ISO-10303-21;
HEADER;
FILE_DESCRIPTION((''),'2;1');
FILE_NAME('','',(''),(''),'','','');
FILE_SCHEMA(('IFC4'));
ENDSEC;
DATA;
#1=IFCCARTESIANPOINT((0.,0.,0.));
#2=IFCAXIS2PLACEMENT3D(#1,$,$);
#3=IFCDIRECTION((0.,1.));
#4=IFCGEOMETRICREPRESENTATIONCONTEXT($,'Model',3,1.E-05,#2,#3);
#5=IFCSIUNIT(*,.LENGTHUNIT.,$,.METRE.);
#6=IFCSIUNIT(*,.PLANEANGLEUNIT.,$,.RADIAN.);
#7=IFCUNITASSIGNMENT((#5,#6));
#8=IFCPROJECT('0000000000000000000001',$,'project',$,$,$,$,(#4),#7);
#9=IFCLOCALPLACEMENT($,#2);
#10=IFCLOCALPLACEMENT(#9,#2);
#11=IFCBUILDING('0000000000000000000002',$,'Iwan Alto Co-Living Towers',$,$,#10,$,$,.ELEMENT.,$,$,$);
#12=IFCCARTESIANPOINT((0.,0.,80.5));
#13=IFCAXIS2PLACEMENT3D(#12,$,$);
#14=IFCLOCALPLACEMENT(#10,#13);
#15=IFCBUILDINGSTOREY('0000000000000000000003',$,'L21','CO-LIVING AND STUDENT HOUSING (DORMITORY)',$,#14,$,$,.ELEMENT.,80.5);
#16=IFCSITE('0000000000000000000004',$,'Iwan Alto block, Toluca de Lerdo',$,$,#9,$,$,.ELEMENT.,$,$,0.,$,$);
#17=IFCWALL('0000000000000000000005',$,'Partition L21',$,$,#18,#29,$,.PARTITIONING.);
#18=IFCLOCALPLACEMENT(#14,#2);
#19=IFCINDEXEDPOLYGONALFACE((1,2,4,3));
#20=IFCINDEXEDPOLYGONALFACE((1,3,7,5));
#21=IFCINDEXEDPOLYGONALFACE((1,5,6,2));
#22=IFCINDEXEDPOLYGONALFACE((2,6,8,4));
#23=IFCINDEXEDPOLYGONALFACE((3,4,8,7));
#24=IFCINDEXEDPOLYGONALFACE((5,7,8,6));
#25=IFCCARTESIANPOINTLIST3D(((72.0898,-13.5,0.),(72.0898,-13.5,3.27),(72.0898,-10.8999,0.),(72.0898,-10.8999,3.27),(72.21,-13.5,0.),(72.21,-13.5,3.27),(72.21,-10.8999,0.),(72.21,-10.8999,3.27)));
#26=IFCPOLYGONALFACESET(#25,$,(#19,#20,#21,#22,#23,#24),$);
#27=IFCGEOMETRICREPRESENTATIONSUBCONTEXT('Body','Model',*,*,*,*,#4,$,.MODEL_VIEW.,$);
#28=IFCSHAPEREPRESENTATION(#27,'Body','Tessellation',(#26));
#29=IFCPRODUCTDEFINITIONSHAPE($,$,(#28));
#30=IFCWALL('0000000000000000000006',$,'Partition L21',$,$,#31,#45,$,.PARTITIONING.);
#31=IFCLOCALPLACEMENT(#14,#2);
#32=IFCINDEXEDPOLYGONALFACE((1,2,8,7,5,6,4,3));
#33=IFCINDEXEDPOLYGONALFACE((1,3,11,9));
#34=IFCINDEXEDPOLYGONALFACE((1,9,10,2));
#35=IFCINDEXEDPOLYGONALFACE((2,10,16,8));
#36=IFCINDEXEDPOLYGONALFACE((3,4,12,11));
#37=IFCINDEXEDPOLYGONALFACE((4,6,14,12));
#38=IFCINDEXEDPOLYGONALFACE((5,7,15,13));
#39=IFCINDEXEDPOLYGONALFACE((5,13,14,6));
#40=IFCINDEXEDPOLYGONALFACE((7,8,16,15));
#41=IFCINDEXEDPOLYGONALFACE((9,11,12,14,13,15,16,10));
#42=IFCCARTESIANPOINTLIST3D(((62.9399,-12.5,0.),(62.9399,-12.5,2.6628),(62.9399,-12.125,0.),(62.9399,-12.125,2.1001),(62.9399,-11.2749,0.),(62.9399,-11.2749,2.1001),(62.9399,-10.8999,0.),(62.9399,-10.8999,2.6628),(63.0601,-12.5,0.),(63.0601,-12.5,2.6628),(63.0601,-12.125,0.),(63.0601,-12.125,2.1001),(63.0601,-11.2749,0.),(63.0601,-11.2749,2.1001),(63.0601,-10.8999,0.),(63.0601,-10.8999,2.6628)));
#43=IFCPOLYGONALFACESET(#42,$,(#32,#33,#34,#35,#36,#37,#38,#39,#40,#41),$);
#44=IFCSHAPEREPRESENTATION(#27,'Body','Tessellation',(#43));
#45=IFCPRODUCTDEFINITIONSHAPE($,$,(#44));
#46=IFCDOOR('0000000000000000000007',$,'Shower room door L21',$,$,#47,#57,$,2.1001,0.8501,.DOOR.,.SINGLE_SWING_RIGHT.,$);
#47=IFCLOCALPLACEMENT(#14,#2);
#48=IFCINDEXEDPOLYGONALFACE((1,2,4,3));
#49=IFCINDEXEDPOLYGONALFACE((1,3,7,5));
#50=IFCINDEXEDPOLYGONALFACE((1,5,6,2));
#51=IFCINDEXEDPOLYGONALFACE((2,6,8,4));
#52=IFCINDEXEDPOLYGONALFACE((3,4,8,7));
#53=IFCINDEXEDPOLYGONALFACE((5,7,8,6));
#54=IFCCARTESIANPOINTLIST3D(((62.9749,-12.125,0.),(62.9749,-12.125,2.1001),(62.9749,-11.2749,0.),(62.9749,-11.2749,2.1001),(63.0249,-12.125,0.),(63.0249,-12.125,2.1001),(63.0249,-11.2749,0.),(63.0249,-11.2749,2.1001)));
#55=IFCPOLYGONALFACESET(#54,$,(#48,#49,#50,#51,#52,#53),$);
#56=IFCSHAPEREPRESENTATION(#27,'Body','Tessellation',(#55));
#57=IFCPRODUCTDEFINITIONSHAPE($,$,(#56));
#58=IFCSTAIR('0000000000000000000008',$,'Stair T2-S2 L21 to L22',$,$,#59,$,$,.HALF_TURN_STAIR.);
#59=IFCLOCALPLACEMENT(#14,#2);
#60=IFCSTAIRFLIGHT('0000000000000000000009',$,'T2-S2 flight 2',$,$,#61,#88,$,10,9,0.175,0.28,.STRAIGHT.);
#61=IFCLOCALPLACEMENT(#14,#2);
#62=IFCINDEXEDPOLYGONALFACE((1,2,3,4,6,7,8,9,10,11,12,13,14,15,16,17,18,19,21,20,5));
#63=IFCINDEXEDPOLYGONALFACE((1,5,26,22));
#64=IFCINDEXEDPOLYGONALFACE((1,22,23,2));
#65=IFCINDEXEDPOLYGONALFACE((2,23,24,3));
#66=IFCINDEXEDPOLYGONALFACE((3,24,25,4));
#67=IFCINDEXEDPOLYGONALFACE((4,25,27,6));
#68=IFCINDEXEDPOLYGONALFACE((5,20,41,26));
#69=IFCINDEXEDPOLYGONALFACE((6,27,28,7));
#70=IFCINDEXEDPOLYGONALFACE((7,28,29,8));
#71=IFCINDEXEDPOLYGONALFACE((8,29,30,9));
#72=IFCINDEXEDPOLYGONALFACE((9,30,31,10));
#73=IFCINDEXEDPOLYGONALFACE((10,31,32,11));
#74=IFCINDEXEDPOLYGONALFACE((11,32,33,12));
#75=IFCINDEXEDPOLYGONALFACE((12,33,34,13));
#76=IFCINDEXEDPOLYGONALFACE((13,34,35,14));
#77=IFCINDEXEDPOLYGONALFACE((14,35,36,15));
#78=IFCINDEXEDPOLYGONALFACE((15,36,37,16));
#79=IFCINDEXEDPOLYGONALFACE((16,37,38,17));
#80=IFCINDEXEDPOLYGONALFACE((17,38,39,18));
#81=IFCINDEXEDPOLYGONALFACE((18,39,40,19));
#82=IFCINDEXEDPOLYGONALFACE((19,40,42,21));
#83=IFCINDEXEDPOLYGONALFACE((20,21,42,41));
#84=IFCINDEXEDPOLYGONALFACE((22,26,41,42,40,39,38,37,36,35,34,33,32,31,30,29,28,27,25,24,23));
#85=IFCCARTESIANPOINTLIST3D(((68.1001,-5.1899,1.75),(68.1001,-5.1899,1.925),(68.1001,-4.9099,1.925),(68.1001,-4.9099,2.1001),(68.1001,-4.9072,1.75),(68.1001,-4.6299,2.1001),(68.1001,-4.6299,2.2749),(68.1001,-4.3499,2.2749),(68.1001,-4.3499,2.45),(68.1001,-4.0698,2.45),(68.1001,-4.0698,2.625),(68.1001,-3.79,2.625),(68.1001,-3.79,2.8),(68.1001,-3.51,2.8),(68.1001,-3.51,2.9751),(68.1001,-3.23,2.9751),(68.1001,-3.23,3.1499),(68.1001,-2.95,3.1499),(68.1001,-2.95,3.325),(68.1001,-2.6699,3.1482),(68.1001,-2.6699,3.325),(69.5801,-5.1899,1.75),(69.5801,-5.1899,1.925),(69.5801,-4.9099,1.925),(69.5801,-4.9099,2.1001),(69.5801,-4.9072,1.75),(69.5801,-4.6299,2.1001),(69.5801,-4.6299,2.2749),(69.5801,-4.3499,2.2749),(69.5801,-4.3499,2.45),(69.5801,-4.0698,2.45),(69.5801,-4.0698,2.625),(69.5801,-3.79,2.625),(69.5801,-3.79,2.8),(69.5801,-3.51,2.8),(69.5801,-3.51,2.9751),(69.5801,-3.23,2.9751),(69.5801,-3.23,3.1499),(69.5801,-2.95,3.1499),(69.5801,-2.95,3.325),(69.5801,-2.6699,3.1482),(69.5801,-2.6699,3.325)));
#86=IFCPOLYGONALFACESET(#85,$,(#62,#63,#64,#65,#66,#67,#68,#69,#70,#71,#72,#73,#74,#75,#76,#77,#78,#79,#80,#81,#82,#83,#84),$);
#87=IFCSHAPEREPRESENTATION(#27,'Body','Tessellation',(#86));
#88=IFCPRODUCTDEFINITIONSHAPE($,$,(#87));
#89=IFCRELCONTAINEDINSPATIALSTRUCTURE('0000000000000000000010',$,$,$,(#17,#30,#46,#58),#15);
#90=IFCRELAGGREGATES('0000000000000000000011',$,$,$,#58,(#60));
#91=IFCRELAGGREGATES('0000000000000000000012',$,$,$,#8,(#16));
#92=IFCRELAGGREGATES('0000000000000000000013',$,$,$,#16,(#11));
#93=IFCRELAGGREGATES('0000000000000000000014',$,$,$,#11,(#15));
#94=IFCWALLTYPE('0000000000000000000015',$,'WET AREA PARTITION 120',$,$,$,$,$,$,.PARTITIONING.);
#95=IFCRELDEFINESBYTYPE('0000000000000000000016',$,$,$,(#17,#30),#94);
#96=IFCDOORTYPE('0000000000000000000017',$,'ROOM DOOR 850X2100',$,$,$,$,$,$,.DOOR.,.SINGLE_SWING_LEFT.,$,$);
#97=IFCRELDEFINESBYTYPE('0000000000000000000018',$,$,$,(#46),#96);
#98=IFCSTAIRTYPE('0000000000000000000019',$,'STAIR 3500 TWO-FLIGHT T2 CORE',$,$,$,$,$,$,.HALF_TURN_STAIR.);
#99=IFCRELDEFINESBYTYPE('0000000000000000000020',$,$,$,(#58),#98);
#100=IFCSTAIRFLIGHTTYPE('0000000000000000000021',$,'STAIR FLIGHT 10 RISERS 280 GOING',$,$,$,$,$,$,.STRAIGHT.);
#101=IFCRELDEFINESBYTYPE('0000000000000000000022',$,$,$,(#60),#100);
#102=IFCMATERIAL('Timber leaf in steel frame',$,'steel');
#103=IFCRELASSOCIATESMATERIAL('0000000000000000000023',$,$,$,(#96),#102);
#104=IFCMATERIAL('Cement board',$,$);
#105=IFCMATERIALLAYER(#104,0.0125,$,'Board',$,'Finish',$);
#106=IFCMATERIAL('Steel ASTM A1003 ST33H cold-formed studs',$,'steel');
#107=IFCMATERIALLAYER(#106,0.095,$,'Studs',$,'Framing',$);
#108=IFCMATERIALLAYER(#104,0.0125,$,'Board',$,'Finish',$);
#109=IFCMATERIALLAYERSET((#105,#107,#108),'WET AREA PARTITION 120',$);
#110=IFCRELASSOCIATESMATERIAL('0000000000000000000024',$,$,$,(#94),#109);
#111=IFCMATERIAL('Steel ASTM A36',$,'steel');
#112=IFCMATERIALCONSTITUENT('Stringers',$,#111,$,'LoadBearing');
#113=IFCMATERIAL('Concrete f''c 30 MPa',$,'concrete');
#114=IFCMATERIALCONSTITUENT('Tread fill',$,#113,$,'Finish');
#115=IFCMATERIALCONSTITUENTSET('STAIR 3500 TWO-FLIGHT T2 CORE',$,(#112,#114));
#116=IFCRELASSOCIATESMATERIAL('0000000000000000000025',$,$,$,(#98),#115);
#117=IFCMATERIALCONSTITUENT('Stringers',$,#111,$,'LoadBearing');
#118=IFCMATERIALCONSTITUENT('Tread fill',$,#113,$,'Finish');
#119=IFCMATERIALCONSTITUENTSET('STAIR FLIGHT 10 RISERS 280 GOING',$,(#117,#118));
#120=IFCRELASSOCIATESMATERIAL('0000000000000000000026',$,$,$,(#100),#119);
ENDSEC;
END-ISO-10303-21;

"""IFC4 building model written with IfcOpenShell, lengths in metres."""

from ifc_helpers import new_model, si_unit, direction, frame, frame_2d, origin, place, context, subcontext, project, spatial, polyline, rectangle, outline, extrude, material, layer, layer_set, constituent, constituent_set, type_object, element, fill, aggregate, save


model = new_model("IFC4")

# Units and contexts
model_context = context("Model", 3, precision=1e-05, world=origin(), true_north=direction((0.0, 1.0)))
body_context = subcontext(model_context, "Body", "Model", "MODEL_VIEW")
ifc_project = project(units=[si_unit("LENGTHUNIT", "METRE"), si_unit("PLANEANGLEUNIT", "RADIAN")], contexts=[model_context])

# Site, building, storey
site_placement = place(None, origin())
site = spatial("IfcSite", under=ifc_project, at=site_placement, Name="Iwan Alto block, Toluca de Lerdo", CompositionType="ELEMENT", RefElevation=0.0)
building_placement = place(site_placement, origin())
building = spatial("IfcBuilding", under=site, at=building_placement, Name="Iwan Alto Co-Living Towers", CompositionType="ELEMENT")
storey_placement = place(building_placement, frame((0.0, 0.0, 80.5)))
storey = spatial("IfcBuildingStorey", under=building, at=storey_placement, Name="L21", Description="CO-LIVING AND STUDENT HOUSING (DORMITORY)", CompositionType="ELEMENT", Elevation=80.5)

# Shared definitions
ifc_material_1 = material(Name="Steel ASTM A1003 ST33H cold-formed studs", Category="steel")
ifc_material_2 = material(Name="Timber leaf in steel frame", Category="steel")
door_type_1 = type_object("IfcDoorType", Name="ROOM DOOR 850X2100", OperationType="SINGLE_SWING_LEFT", PredefinedType="DOOR", material=ifc_material_2)

# Wall
ifc_material_3 = material(Name="Cement board")
ifc_layer_1 = layer(ifc_material_3, 0.0125, Name="Board", Category="Finish")
ifc_layer_2 = layer(ifc_material_1, 0.095, Name="Studs", Category="Framing")
ifc_layer_3 = layer(ifc_material_3, 0.0125, Name="Board", Category="Finish")
ifc_layer_set_1 = layer_set([ifc_layer_1, ifc_layer_2, ifc_layer_3], Name="WET AREA PARTITION 120")
wall_type_1 = type_object("IfcWallType", Name="WET AREA PARTITION 120", PredefinedType="PARTITIONING", material=ifc_layer_set_1)
wall_1_placement = place(storey_placement, frame((72.1499, -13.5, 0.0), z_axis=(0.0, 0.0, 1.0), x_axis=(0.0, 1.0, 0.0)))
element("IfcWall", 1, at=wall_1_placement, inside=storey, type_object=wall_type_1, Name="Partition L21", PredefinedType="PARTITIONING", context=body_context, shape_type="SweptSolid", body=[
    extrude(rectangle(XDim=2.6001, YDim=0.1201, at=frame_2d((1.3, 0.0))), origin(), (0.0, 0.0, 1.0), 3.27),
])

# Wall, opening, door
wall_2_placement = place(storey_placement, frame((63.0, -12.5, 0.0), z_axis=(0.0, 0.0, 1.0), x_axis=(0.0, 1.0, 0.0)))
wall_2 = element("IfcWall", 2, at=wall_2_placement, inside=storey, type_object=wall_type_1, Name="Partition L21", PredefinedType="PARTITIONING", context=body_context, shape_type="SweptSolid", body=[
    extrude(rectangle(XDim=1.6001, YDim=0.1201, at=frame_2d((0.8, 0.0))), origin(), (0.0, 0.0, 1.0), 2.6628),
])
opening_1_placement = place(wall_2_placement, frame((0.375, 0.0, 0.0)))
opening_1 = element("IfcOpeningElement", 3, at=opening_1_placement, cuts=wall_2, PredefinedType="OPENING", context=body_context, shape_type="SweptSolid", body=[
    extrude(rectangle(XDim=0.8501, YDim=2.1001, at=frame_2d((0.425, 1.05))), frame((0.0, 0.0701, 0.0), z_axis=(0.0, -1.0, 0.0), x_axis=(1.0, 0.0, 0.0)), (0.0, 0.0, 1.0), 0.1401),
])
door_1_placement = place(opening_1_placement, frame((0.8501, 0.0, 0.0), z_axis=(0.0, 0.0, 1.0), x_axis=(-1.0, 0.0, 0.0)))
door_1 = element("IfcDoor", 4, at=door_1_placement, inside=storey, type_object=door_type_1, Name="Shower room door L21", OperationType="SINGLE_SWING_RIGHT", OverallHeight=2.1001, OverallWidth=0.8501, PredefinedType="DOOR", context=body_context, shape_type="SweptSolid", body=[
    extrude(rectangle(XDim=0.8501, YDim=2.1001, at=frame_2d((0.425, 1.05))), frame((0.0, 0.0249, 0.0), z_axis=(0.0, -1.0, 0.0), x_axis=(1.0, 0.0, 0.0)), (0.0, 0.0, 1.0), 0.05),
])
fill(opening_1, door_1)

# Stair, stair flight
ifc_material_4 = material(Name="Steel ASTM A36", Category="steel")
ifc_constituent_1 = constituent(ifc_material_4, Name="Stringers", Category="LoadBearing")
ifc_material_5 = material(Name="Concrete f'c 30 MPa", Category="concrete")
ifc_constituent_2 = constituent(ifc_material_5, Name="Tread fill", Category="Finish")
ifc_constituent_set_1 = constituent_set(constituents=[ifc_constituent_1, ifc_constituent_2], Name="STAIR 3500 TWO-FLIGHT T2 CORE")
stair_type = type_object("IfcStairType", Name="STAIR 3500 TWO-FLIGHT T2 CORE", PredefinedType="HALF_TURN_STAIR", material=ifc_constituent_set_1)
stair_placement = place(storey_placement, origin())
stair = element("IfcStair", 5, at=stair_placement, inside=storey, type_object=stair_type, Name="Stair T2-S2 L21 to L22", PredefinedType="HALF_TURN_STAIR")
ifc_constituent_3 = constituent(ifc_material_4, Name="Stringers", Category="LoadBearing")
ifc_constituent_4 = constituent(ifc_material_5, Name="Tread fill", Category="Finish")
ifc_constituent_set_2 = constituent_set(constituents=[ifc_constituent_3, ifc_constituent_4], Name="STAIR FLIGHT 10 RISERS 280 GOING")
stair_flight_type = type_object("IfcStairFlightType", Name="STAIR FLIGHT 10 RISERS 280 GOING", PredefinedType="STRAIGHT", material=ifc_constituent_set_2)
stair_flight_placement = place(storey_placement, frame((68.8401, -5.1899, 1.75), z_axis=(0.0, 0.0, 1.0), x_axis=(0.0, 1.0, 0.0)))
stair_flight = element("IfcStairFlight", 6, at=stair_flight_placement, type_object=stair_flight_type, Name="T2-S2 flight 2", NumberOfRisers=10, NumberOfTreads=9, PredefinedType="STRAIGHT", RiserHeight=0.175, TreadLength=0.28, context=body_context, shape_type="SweptSolid", body=[
    extrude(outline(polyline([(0.0, 0.0), (0.0, 0.175), (0.28, 0.175), (0.28, 0.3501), (0.5601, 0.3501), (0.5601, 0.5249), (0.8401, 0.5249), (0.8401, 0.7), (1.1201, 0.7), (1.1201, 0.875), (1.3999, 0.875), (1.3999, 1.05), (1.6799, 1.05), (1.6799, 1.2251), (1.96, 1.2251), (1.96, 1.3999), (2.24, 1.3999), (2.24, 1.575), (2.52, 1.575), (2.52, 1.75), (2.52, 1.3982), (0.2827, 0.0), (0.0, 0.0)])), frame((0.0, 0.74, 0.0), z_axis=(0.0, -1.0, 0.0), x_axis=(1.0, 0.0, 0.0)), (0.0, 0.0, 1.0), 1.48),
])
aggregate(stair, [stair_flight])

save(model, "model.ifc")
